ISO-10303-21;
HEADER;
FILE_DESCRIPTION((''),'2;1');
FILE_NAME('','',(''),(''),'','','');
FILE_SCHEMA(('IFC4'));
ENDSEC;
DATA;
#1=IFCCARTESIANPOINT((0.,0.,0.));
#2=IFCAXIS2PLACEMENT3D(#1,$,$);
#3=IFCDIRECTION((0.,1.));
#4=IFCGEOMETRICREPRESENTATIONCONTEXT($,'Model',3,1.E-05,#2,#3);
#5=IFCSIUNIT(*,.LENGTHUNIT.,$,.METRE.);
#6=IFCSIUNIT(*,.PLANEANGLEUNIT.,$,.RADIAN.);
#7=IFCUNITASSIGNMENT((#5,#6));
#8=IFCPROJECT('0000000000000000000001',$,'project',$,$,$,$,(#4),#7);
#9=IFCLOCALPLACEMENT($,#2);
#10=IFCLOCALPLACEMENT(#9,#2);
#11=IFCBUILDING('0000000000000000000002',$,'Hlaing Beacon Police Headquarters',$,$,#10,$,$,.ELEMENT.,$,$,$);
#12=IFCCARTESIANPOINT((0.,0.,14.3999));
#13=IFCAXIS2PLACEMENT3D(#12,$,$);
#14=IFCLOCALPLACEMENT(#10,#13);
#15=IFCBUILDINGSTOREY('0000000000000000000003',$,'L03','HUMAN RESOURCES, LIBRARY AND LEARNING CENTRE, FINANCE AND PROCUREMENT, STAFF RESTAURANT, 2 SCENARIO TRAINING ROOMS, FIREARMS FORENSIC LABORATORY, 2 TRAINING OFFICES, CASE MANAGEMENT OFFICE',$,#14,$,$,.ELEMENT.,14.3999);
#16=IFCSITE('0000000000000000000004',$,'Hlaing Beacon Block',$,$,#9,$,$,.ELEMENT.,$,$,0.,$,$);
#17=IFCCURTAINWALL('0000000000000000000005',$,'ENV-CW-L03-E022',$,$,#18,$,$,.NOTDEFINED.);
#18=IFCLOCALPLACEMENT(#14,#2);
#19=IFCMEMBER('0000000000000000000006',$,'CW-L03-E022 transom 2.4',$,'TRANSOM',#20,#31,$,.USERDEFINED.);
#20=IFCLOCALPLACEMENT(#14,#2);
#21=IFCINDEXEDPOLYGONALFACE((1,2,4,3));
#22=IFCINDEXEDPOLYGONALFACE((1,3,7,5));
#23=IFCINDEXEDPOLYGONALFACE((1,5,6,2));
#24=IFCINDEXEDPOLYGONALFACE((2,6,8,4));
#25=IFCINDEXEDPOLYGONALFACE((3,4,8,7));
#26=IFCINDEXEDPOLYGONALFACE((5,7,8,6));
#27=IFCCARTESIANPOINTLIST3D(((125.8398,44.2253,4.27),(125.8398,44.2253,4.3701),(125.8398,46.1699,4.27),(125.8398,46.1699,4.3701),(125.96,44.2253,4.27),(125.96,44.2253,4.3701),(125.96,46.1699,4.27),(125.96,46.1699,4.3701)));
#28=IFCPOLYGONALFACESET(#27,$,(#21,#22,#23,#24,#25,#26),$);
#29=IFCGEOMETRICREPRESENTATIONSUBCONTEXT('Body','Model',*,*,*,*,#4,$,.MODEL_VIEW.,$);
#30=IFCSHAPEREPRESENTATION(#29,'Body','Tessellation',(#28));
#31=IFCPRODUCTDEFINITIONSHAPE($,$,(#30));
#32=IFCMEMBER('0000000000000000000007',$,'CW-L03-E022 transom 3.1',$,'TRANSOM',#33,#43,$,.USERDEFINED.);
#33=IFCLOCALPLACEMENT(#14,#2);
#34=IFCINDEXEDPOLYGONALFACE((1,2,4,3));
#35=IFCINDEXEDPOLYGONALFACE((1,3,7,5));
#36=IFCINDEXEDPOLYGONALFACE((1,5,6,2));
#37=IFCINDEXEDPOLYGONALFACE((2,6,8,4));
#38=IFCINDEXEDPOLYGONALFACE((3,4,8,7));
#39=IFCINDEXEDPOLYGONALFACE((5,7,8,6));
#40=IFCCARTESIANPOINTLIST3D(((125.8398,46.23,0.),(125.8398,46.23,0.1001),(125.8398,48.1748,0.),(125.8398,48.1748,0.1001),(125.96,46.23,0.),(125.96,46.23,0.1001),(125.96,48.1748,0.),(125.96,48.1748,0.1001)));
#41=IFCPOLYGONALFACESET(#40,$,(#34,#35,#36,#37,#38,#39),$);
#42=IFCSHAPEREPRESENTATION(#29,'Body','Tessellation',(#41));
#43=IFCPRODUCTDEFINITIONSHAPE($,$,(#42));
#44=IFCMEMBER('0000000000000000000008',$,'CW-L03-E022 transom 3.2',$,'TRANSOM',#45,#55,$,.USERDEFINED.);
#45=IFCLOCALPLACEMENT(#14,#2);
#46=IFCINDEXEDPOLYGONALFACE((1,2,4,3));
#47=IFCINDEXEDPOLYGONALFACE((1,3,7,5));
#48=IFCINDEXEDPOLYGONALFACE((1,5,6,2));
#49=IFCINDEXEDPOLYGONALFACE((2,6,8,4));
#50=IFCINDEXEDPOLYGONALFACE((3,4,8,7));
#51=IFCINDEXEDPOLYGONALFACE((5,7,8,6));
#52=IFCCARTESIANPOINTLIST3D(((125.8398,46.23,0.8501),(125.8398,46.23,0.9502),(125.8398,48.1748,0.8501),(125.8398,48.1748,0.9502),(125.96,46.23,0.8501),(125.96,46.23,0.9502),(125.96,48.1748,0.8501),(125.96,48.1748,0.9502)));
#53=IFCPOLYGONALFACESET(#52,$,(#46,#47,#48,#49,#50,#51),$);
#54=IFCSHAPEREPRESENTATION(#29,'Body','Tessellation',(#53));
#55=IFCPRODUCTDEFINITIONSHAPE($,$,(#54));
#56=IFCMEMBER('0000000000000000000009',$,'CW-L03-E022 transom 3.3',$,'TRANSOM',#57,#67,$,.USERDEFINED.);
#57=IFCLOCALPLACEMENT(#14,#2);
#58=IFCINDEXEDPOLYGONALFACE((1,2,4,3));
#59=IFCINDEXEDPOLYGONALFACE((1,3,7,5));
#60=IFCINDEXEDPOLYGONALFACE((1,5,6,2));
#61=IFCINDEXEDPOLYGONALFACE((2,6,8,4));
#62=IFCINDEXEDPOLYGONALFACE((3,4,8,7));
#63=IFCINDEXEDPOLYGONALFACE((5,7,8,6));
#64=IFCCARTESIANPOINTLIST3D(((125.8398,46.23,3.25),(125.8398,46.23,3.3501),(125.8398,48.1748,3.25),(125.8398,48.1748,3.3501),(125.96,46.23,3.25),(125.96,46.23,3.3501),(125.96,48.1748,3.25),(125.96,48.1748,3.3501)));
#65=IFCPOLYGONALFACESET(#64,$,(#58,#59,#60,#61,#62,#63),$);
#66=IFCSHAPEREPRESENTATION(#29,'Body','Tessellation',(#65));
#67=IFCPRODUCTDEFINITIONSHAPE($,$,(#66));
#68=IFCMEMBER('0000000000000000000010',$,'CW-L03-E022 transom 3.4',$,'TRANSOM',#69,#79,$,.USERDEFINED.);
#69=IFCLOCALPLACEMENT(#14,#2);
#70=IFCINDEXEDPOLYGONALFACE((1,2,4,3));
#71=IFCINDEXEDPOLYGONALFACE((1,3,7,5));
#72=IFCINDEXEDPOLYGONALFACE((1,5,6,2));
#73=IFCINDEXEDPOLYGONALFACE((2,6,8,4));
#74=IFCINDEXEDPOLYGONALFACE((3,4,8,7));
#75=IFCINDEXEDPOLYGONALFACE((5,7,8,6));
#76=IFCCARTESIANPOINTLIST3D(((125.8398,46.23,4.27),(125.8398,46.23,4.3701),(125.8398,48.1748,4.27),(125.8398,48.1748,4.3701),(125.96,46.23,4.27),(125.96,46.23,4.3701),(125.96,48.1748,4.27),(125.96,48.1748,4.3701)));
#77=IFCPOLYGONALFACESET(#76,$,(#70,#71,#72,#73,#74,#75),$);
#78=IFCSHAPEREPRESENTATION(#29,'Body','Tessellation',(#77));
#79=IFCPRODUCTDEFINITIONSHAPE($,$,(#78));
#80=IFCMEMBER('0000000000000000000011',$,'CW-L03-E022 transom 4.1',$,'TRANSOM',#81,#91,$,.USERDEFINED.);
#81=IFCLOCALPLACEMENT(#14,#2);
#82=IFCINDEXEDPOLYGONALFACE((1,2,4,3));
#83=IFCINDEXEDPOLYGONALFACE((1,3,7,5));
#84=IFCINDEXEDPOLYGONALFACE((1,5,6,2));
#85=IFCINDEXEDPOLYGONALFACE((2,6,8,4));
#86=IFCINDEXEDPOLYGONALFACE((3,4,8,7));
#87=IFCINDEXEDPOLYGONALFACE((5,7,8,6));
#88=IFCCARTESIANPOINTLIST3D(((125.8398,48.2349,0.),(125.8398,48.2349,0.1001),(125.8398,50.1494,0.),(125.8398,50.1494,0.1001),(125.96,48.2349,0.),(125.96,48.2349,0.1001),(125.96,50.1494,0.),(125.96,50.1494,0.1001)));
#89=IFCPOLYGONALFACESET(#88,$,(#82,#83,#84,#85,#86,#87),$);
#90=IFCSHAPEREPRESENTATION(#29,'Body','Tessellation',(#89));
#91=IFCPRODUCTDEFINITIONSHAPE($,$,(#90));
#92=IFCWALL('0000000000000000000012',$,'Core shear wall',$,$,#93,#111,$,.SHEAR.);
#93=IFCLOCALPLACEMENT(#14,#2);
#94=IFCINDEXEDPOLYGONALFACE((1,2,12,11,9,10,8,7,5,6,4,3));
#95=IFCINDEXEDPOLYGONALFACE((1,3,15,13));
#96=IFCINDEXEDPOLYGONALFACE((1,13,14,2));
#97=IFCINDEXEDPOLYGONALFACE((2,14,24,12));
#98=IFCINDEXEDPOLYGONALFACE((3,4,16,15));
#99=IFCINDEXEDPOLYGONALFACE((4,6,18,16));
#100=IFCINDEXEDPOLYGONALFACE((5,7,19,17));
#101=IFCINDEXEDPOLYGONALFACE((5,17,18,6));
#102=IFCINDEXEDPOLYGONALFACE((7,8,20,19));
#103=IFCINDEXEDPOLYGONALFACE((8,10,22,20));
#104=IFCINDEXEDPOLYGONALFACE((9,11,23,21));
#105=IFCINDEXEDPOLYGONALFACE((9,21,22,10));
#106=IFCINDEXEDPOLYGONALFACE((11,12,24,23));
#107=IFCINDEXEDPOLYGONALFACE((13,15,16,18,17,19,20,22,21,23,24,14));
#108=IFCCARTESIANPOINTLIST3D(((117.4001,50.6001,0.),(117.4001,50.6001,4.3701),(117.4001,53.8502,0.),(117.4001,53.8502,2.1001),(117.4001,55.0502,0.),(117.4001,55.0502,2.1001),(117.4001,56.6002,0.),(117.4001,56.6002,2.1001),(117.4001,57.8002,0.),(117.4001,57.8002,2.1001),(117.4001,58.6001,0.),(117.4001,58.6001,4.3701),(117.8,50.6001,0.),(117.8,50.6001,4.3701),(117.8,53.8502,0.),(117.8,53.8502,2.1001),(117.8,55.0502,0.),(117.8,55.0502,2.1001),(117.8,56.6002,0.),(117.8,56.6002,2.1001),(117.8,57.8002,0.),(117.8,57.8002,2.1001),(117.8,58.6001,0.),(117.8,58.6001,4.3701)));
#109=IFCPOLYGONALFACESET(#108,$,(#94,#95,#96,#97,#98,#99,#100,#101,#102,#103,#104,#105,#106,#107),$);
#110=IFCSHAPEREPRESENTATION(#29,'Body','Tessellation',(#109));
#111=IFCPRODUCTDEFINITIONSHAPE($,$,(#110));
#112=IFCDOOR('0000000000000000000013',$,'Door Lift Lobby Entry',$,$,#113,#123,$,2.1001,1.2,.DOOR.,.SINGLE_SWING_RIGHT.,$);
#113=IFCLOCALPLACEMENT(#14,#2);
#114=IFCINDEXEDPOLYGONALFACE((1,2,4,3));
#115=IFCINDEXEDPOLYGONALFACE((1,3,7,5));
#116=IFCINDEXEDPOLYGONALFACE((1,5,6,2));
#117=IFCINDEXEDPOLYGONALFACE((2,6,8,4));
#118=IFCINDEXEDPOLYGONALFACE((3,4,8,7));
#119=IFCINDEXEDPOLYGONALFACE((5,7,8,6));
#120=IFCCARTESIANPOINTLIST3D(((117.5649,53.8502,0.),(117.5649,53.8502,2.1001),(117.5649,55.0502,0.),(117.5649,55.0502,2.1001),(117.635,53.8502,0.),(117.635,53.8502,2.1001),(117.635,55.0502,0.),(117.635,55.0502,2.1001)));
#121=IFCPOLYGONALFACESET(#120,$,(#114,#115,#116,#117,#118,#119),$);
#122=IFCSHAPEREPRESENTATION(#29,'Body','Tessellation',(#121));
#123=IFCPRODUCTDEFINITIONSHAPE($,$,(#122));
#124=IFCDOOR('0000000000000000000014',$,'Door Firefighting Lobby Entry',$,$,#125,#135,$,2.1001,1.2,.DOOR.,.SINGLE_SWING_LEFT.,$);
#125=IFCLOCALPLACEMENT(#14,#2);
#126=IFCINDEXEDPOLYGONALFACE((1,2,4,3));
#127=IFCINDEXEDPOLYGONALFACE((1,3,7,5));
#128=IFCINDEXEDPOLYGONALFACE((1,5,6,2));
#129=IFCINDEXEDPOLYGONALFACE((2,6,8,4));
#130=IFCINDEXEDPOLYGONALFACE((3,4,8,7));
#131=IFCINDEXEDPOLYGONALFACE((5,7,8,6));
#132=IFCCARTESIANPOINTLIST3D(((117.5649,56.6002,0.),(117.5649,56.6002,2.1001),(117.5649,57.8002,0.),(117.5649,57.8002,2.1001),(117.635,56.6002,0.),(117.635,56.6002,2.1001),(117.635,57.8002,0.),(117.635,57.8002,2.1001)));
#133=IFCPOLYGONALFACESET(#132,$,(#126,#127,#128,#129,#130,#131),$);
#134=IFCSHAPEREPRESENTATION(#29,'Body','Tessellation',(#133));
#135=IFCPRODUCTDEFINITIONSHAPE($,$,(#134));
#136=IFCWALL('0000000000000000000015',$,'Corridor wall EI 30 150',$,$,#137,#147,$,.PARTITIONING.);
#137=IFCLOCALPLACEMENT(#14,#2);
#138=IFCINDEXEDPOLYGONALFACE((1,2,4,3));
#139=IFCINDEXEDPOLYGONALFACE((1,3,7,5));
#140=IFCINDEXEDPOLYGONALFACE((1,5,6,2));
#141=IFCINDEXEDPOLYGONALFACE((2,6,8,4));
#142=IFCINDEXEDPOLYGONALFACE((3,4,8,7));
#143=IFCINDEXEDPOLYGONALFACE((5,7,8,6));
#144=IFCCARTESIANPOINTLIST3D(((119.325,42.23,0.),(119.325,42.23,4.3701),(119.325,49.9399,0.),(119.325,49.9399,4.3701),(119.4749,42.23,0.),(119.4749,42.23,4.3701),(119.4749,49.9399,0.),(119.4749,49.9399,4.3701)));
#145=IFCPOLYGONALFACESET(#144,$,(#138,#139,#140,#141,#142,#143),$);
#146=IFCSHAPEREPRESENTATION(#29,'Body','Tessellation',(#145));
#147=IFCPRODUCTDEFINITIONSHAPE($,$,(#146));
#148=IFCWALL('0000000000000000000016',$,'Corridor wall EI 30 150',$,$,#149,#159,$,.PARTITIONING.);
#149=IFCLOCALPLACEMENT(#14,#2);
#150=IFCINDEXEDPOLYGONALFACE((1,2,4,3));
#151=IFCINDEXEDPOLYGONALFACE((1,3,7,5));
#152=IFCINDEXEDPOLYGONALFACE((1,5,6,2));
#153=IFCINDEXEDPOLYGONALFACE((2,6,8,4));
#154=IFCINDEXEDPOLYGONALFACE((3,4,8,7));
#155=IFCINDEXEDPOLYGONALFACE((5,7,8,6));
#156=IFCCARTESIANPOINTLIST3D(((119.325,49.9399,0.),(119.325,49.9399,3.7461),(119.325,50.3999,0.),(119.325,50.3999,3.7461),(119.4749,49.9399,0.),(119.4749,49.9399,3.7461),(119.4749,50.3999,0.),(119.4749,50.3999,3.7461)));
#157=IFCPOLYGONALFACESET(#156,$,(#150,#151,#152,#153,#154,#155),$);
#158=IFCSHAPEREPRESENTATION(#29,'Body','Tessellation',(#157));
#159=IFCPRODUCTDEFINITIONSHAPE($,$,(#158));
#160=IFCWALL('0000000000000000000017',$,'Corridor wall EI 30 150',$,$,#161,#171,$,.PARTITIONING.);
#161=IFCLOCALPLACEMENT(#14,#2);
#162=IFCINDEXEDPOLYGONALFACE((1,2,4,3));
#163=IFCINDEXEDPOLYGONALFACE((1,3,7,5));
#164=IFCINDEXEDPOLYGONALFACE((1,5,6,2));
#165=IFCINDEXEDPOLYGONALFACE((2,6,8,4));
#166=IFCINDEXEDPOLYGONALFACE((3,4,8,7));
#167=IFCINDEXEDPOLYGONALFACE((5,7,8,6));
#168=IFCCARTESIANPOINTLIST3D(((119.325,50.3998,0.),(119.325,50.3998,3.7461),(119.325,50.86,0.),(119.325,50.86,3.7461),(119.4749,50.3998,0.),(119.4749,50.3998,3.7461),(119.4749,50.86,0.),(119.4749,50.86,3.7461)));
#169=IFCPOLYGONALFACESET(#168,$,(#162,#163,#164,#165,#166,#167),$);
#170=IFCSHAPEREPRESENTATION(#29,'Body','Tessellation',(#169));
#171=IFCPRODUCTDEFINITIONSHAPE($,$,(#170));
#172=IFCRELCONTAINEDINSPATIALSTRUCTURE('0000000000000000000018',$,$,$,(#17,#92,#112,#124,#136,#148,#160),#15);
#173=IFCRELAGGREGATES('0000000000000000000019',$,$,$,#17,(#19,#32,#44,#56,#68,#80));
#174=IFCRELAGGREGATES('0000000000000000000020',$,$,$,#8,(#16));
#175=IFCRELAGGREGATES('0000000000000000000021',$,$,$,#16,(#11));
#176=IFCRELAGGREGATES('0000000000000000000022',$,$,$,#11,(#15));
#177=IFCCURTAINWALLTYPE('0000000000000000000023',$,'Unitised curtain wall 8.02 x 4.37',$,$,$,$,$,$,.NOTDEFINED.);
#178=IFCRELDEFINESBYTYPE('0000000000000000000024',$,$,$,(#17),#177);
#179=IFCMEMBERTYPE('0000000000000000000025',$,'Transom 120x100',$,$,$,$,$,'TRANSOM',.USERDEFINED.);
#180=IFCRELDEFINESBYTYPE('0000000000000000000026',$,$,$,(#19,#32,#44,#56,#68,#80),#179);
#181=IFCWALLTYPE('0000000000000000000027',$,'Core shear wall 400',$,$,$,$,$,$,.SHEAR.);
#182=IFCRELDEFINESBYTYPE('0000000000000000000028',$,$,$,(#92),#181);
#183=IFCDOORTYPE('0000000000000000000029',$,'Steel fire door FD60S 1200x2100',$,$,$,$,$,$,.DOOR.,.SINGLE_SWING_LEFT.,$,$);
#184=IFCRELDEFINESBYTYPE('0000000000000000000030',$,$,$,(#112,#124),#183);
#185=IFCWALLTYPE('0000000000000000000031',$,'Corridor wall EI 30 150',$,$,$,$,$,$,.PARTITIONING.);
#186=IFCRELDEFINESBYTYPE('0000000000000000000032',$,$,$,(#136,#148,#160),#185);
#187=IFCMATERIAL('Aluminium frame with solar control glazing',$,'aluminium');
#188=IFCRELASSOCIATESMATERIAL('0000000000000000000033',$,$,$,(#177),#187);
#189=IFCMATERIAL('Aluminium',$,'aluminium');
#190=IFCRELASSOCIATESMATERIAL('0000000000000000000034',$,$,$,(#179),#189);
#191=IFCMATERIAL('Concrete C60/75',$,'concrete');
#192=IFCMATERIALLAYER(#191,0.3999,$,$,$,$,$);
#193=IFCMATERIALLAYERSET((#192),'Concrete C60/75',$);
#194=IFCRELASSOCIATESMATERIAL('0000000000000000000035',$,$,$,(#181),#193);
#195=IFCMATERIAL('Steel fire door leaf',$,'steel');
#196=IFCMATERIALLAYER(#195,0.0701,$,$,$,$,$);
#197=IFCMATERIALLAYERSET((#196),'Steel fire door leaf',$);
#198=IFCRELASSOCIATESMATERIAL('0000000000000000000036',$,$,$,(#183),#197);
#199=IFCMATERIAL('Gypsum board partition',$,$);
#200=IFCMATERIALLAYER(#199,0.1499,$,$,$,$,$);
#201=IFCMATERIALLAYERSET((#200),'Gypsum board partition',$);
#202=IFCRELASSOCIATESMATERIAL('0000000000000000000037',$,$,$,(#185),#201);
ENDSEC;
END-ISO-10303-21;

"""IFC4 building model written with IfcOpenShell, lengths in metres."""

from ifc_helpers import new_model, si_unit, direction, frame, frame_2d, origin, origin_2d, place, context, subcontext, project, spatial, rectangle, extrude, material, layer, layer_set, material_profile, profile_set, type_object, element, fill, aggregate, save


model = new_model("IFC4")

# Units and contexts
model_context = context("Model", 3, precision=1e-05, world=origin(), true_north=direction((0.0, 1.0)))
body_context = subcontext(model_context, "Body", "Model", "MODEL_VIEW")
ifc_project = project(units=[si_unit("LENGTHUNIT", "METRE"), si_unit("PLANEANGLEUNIT", "RADIAN")], contexts=[model_context])

# Site, building, storey
site_placement = place(None, origin())
site = spatial("IfcSite", under=ifc_project, at=site_placement, Name="Hlaing Beacon Block", CompositionType="ELEMENT", RefElevation=0.0)
building_placement = place(site_placement, origin())
building = spatial("IfcBuilding", under=site, at=building_placement, Name="Hlaing Beacon Police Headquarters", CompositionType="ELEMENT")
storey_placement = place(building_placement, frame((0.0, 0.0, 14.3999)))
storey = spatial("IfcBuildingStorey", under=building, at=storey_placement, Name="L03", Description="HUMAN RESOURCES, LIBRARY AND LEARNING CENTRE, FINANCE AND PROCUREMENT, STAFF RESTAURANT, 2 SCENARIO TRAINING ROOMS, FIREARMS FORENSIC LABORATORY, 2 TRAINING OFFICES, CASE MANAGEMENT OFFICE", CompositionType="ELEMENT", Elevation=14.3999)

# Curtain wall
ifc_material_1 = material(Name="Aluminium frame with solar control glazing", Category="aluminium")
curtain_wall_type = type_object("IfcCurtainWallType", Name="Unitised curtain wall 8.02 x 4.37", PredefinedType="NOTDEFINED", material=ifc_material_1)
curtain_wall_placement = place(storey_placement, origin())
curtain_wall = element("IfcCurtainWall", 1, at=curtain_wall_placement, inside=storey, type_object=curtain_wall_type, Name="ENV-CW-L03-E022", PredefinedType="NOTDEFINED")

# Members
ifc_material_2 = material(Name="Aluminium", Category="aluminium")
ifc_material_profile_1 = material_profile(ifc_material_2, rectangle(XDim=0.1201, YDim=0.1001, at=origin_2d()), Name="Transom 120x100")
ifc_profile_set_1 = profile_set([ifc_material_profile_1], Name="Aluminium")
member_type_1 = type_object("IfcMemberType", Name="Transom 120x100", ElementType="TRANSOM", PredefinedType="USERDEFINED", material=ifc_profile_set_1)
member_1_placement = place(storey_placement, frame((125.8999, 44.2253, 4.3201), z_axis=(0.0, 1.0, 0.0), x_axis=(-1.0, 0.0, 0.0)))
member_1 = element("IfcMember", 2, at=member_1_placement, type_object=member_type_1, Name="CW-L03-E022 transom 2.4", ObjectType="TRANSOM", PredefinedType="USERDEFINED", context=body_context, shape_type="SweptSolid", body=[
    extrude(rectangle(XDim=0.1201, YDim=0.1001, at=origin_2d()), origin(), (0.0, 0.0, 1.0), 1.9446),
])
member_2_placement = place(storey_placement, frame((125.8999, 46.23, 0.05), z_axis=(0.0, 1.0, 0.0), x_axis=(-1.0, 0.0, 0.0)))
member_2 = element("IfcMember", 3, at=member_2_placement, type_object=member_type_1, Name="CW-L03-E022 transom 3.1", ObjectType="TRANSOM", PredefinedType="USERDEFINED", context=body_context, shape_type="SweptSolid", body=[
    extrude(rectangle(XDim=0.1201, YDim=0.1001, at=origin_2d()), origin(), (0.0, 0.0, 1.0), 1.9448),
])
member_3_placement = place(storey_placement, frame((125.8999, 46.23, 0.9001), z_axis=(0.0, 1.0, 0.0), x_axis=(-1.0, 0.0, 0.0)))
member_3 = element("IfcMember", 4, at=member_3_placement, type_object=member_type_1, Name="CW-L03-E022 transom 3.2", ObjectType="TRANSOM", PredefinedType="USERDEFINED", context=body_context, shape_type="SweptSolid", body=[
    extrude(rectangle(XDim=0.1201, YDim=0.1001, at=origin_2d()), origin(), (0.0, 0.0, 1.0), 1.9448),
])
member_4_placement = place(storey_placement, frame((125.8999, 46.23, 3.3), z_axis=(0.0, 1.0, 0.0), x_axis=(-1.0, 0.0, 0.0)))
member_4 = element("IfcMember", 5, at=member_4_placement, type_object=member_type_1, Name="CW-L03-E022 transom 3.3", ObjectType="TRANSOM", PredefinedType="USERDEFINED", context=body_context, shape_type="SweptSolid", body=[
    extrude(rectangle(XDim=0.1201, YDim=0.1001, at=origin_2d()), origin(), (0.0, 0.0, 1.0), 1.9448),
])
member_5_placement = place(storey_placement, frame((125.8999, 46.23, 4.3201), z_axis=(0.0, 1.0, 0.0), x_axis=(-1.0, 0.0, 0.0)))
member_5 = element("IfcMember", 6, at=member_5_placement, type_object=member_type_1, Name="CW-L03-E022 transom 3.4", ObjectType="TRANSOM", PredefinedType="USERDEFINED", context=body_context, shape_type="SweptSolid", body=[
    extrude(rectangle(XDim=0.1201, YDim=0.1001, at=origin_2d()), origin(), (0.0, 0.0, 1.0), 1.9448),
])
member_6_placement = place(storey_placement, frame((125.8999, 48.2349, 0.05), z_axis=(0.0, 1.0, 0.0), x_axis=(-1.0, 0.0, 0.0)))
member_6 = element("IfcMember", 7, at=member_6_placement, type_object=member_type_1, Name="CW-L03-E022 transom 4.1", ObjectType="TRANSOM", PredefinedType="USERDEFINED", context=body_context, shape_type="SweptSolid", body=[
    extrude(rectangle(XDim=0.1201, YDim=0.1001, at=origin_2d()), origin(), (0.0, 0.0, 1.0), 1.9146),
])
aggregate(curtain_wall, [member_1, member_2, member_3, member_4, member_5, member_6])

# Wall, openings, doors
ifc_material_3 = material(Name="Concrete C60/75", Category="concrete")
ifc_layer_1 = layer(ifc_material_3, 0.3999)
ifc_layer_set_1 = layer_set([ifc_layer_1], Name="Concrete C60/75")
wall_type_1 = type_object("IfcWallType", Name="Core shear wall 400", PredefinedType="SHEAR", material=ifc_layer_set_1)
wall_1_placement = place(storey_placement, frame((117.6001, 50.6001, 0.0), z_axis=(0.0, 0.0, 1.0), x_axis=(0.0, 1.0, 0.0)))
wall_1 = element("IfcWall", 8, at=wall_1_placement, inside=storey, type_object=wall_type_1, Name="Core shear wall", PredefinedType="SHEAR", context=body_context, shape_type="SweptSolid", body=[
    extrude(rectangle(XDim=8.0, YDim=0.3999, at=frame_2d((4.0, 0.0))), origin(), (0.0, 0.0, 1.0), 4.3701),
])
opening_1_placement = place(wall_1_placement, frame((3.25, 0.0, 0.0)))
opening_1 = element("IfcOpeningElement", 9, at=opening_1_placement, cuts=wall_1, PredefinedType="OPENING", context=body_context, shape_type="SweptSolid", body=[
    extrude(rectangle(XDim=1.2, YDim=2.1001, at=frame_2d((0.6001, 1.05))), frame((0.0, 0.21, 0.0), z_axis=(0.0, -1.0, 0.0), x_axis=(1.0, 0.0, 0.0)), (0.0, 0.0, 1.0), 0.4199),
])
opening_2_placement = place(wall_1_placement, frame((6.0, 0.0, 0.0)))
opening_2 = element("IfcOpeningElement", 10, at=opening_2_placement, cuts=wall_1, PredefinedType="OPENING", context=body_context, shape_type="SweptSolid", body=[
    extrude(rectangle(XDim=1.2, YDim=2.1001, at=frame_2d((0.6001, 1.05))), frame((0.0, 0.21, 0.0), z_axis=(0.0, -1.0, 0.0), x_axis=(1.0, 0.0, 0.0)), (0.0, 0.0, 1.0), 0.4199),
])
ifc_material_4 = material(Name="Steel fire door leaf", Category="steel")
ifc_layer_2 = layer(ifc_material_4, 0.0701)
ifc_layer_set_2 = layer_set([ifc_layer_2], Name="Steel fire door leaf")
door_type_1 = type_object("IfcDoorType", Name="Steel fire door FD60S 1200x2100", OperationType="SINGLE_SWING_LEFT", PredefinedType="DOOR", material=ifc_layer_set_2)
door_1_placement = place(opening_1_placement, origin())
door_1 = element("IfcDoor", 11, at=door_1_placement, inside=storey, type_object=door_type_1, Name="Door Lift Lobby Entry", OperationType="SINGLE_SWING_RIGHT", OverallHeight=2.1001, OverallWidth=1.2, PredefinedType="DOOR", context=body_context, shape_type="SweptSolid", body=[
    extrude(rectangle(XDim=1.2, YDim=2.1001, at=frame_2d((0.6001, 1.05))), frame((0.0, 0.0352, 0.0), z_axis=(0.0, -1.0, 0.0), x_axis=(1.0, 0.0, 0.0)), (0.0, 0.0, 1.0), 0.0701),
])
fill(opening_1, door_1)
door_2_placement = place(opening_2_placement, origin())
door_2 = element("IfcDoor", 12, at=door_2_placement, inside=storey, type_object=door_type_1, Name="Door Firefighting Lobby Entry", OperationType="SINGLE_SWING_LEFT", OverallHeight=2.1001, OverallWidth=1.2, PredefinedType="DOOR", context=body_context, shape_type="SweptSolid", body=[
    extrude(rectangle(XDim=1.2, YDim=2.1001, at=frame_2d((0.6001, 1.05))), frame((0.0, 0.0352, 0.0), z_axis=(0.0, -1.0, 0.0), x_axis=(1.0, 0.0, 0.0)), (0.0, 0.0, 1.0), 0.0701),
])
fill(opening_2, door_2)

# Walls
ifc_material_5 = material(Name="Gypsum board partition")
ifc_layer_3 = layer(ifc_material_5, 0.1499)
ifc_layer_set_3 = layer_set([ifc_layer_3], Name="Gypsum board partition")
wall_type_2 = type_object("IfcWallType", Name="Corridor wall EI 30 150", PredefinedType="PARTITIONING", material=ifc_layer_set_3)
wall_2_placement = place(storey_placement, frame((119.3999, 42.23, 0.0), z_axis=(0.0, 0.0, 1.0), x_axis=(0.0, 1.0, 0.0)))
element("IfcWall", 13, at=wall_2_placement, inside=storey, type_object=wall_type_2, Name="Corridor wall EI 30 150", PredefinedType="PARTITIONING", context=body_context, shape_type="SweptSolid", body=[
    extrude(rectangle(XDim=7.71, YDim=0.1499, at=frame_2d((3.855, 0.0))), origin(), (0.0, 0.0, 1.0), 4.3701),
])
wall_3_placement = place(storey_placement, frame((119.3999, 49.9399, 0.0), z_axis=(0.0, 0.0, 1.0), x_axis=(0.0, 1.0, 0.0)))
element("IfcWall", 14, at=wall_3_placement, inside=storey, type_object=wall_type_2, Name="Corridor wall EI 30 150", PredefinedType="PARTITIONING", context=body_context, shape_type="SweptSolid", body=[
    extrude(rectangle(XDim=0.46, YDim=0.1499, at=frame_2d((0.23, 0.0))), origin(), (0.0, 0.0, 1.0), 3.7461),
])
wall_4_placement = place(storey_placement, frame((119.3999, 50.3999, 0.0), z_axis=(0.0, 0.0, 1.0), x_axis=(0.0, 1.0, 0.0)))
element("IfcWall", 15, at=wall_4_placement, inside=storey, type_object=wall_type_2, Name="Corridor wall EI 30 150", PredefinedType="PARTITIONING", context=body_context, shape_type="SweptSolid", body=[
    extrude(rectangle(XDim=0.4602, YDim=0.1499, at=frame_2d((0.23, 0.0))), origin(), (0.0, 0.0, 1.0), 3.7461),
])

save(model, "model.ifc")
